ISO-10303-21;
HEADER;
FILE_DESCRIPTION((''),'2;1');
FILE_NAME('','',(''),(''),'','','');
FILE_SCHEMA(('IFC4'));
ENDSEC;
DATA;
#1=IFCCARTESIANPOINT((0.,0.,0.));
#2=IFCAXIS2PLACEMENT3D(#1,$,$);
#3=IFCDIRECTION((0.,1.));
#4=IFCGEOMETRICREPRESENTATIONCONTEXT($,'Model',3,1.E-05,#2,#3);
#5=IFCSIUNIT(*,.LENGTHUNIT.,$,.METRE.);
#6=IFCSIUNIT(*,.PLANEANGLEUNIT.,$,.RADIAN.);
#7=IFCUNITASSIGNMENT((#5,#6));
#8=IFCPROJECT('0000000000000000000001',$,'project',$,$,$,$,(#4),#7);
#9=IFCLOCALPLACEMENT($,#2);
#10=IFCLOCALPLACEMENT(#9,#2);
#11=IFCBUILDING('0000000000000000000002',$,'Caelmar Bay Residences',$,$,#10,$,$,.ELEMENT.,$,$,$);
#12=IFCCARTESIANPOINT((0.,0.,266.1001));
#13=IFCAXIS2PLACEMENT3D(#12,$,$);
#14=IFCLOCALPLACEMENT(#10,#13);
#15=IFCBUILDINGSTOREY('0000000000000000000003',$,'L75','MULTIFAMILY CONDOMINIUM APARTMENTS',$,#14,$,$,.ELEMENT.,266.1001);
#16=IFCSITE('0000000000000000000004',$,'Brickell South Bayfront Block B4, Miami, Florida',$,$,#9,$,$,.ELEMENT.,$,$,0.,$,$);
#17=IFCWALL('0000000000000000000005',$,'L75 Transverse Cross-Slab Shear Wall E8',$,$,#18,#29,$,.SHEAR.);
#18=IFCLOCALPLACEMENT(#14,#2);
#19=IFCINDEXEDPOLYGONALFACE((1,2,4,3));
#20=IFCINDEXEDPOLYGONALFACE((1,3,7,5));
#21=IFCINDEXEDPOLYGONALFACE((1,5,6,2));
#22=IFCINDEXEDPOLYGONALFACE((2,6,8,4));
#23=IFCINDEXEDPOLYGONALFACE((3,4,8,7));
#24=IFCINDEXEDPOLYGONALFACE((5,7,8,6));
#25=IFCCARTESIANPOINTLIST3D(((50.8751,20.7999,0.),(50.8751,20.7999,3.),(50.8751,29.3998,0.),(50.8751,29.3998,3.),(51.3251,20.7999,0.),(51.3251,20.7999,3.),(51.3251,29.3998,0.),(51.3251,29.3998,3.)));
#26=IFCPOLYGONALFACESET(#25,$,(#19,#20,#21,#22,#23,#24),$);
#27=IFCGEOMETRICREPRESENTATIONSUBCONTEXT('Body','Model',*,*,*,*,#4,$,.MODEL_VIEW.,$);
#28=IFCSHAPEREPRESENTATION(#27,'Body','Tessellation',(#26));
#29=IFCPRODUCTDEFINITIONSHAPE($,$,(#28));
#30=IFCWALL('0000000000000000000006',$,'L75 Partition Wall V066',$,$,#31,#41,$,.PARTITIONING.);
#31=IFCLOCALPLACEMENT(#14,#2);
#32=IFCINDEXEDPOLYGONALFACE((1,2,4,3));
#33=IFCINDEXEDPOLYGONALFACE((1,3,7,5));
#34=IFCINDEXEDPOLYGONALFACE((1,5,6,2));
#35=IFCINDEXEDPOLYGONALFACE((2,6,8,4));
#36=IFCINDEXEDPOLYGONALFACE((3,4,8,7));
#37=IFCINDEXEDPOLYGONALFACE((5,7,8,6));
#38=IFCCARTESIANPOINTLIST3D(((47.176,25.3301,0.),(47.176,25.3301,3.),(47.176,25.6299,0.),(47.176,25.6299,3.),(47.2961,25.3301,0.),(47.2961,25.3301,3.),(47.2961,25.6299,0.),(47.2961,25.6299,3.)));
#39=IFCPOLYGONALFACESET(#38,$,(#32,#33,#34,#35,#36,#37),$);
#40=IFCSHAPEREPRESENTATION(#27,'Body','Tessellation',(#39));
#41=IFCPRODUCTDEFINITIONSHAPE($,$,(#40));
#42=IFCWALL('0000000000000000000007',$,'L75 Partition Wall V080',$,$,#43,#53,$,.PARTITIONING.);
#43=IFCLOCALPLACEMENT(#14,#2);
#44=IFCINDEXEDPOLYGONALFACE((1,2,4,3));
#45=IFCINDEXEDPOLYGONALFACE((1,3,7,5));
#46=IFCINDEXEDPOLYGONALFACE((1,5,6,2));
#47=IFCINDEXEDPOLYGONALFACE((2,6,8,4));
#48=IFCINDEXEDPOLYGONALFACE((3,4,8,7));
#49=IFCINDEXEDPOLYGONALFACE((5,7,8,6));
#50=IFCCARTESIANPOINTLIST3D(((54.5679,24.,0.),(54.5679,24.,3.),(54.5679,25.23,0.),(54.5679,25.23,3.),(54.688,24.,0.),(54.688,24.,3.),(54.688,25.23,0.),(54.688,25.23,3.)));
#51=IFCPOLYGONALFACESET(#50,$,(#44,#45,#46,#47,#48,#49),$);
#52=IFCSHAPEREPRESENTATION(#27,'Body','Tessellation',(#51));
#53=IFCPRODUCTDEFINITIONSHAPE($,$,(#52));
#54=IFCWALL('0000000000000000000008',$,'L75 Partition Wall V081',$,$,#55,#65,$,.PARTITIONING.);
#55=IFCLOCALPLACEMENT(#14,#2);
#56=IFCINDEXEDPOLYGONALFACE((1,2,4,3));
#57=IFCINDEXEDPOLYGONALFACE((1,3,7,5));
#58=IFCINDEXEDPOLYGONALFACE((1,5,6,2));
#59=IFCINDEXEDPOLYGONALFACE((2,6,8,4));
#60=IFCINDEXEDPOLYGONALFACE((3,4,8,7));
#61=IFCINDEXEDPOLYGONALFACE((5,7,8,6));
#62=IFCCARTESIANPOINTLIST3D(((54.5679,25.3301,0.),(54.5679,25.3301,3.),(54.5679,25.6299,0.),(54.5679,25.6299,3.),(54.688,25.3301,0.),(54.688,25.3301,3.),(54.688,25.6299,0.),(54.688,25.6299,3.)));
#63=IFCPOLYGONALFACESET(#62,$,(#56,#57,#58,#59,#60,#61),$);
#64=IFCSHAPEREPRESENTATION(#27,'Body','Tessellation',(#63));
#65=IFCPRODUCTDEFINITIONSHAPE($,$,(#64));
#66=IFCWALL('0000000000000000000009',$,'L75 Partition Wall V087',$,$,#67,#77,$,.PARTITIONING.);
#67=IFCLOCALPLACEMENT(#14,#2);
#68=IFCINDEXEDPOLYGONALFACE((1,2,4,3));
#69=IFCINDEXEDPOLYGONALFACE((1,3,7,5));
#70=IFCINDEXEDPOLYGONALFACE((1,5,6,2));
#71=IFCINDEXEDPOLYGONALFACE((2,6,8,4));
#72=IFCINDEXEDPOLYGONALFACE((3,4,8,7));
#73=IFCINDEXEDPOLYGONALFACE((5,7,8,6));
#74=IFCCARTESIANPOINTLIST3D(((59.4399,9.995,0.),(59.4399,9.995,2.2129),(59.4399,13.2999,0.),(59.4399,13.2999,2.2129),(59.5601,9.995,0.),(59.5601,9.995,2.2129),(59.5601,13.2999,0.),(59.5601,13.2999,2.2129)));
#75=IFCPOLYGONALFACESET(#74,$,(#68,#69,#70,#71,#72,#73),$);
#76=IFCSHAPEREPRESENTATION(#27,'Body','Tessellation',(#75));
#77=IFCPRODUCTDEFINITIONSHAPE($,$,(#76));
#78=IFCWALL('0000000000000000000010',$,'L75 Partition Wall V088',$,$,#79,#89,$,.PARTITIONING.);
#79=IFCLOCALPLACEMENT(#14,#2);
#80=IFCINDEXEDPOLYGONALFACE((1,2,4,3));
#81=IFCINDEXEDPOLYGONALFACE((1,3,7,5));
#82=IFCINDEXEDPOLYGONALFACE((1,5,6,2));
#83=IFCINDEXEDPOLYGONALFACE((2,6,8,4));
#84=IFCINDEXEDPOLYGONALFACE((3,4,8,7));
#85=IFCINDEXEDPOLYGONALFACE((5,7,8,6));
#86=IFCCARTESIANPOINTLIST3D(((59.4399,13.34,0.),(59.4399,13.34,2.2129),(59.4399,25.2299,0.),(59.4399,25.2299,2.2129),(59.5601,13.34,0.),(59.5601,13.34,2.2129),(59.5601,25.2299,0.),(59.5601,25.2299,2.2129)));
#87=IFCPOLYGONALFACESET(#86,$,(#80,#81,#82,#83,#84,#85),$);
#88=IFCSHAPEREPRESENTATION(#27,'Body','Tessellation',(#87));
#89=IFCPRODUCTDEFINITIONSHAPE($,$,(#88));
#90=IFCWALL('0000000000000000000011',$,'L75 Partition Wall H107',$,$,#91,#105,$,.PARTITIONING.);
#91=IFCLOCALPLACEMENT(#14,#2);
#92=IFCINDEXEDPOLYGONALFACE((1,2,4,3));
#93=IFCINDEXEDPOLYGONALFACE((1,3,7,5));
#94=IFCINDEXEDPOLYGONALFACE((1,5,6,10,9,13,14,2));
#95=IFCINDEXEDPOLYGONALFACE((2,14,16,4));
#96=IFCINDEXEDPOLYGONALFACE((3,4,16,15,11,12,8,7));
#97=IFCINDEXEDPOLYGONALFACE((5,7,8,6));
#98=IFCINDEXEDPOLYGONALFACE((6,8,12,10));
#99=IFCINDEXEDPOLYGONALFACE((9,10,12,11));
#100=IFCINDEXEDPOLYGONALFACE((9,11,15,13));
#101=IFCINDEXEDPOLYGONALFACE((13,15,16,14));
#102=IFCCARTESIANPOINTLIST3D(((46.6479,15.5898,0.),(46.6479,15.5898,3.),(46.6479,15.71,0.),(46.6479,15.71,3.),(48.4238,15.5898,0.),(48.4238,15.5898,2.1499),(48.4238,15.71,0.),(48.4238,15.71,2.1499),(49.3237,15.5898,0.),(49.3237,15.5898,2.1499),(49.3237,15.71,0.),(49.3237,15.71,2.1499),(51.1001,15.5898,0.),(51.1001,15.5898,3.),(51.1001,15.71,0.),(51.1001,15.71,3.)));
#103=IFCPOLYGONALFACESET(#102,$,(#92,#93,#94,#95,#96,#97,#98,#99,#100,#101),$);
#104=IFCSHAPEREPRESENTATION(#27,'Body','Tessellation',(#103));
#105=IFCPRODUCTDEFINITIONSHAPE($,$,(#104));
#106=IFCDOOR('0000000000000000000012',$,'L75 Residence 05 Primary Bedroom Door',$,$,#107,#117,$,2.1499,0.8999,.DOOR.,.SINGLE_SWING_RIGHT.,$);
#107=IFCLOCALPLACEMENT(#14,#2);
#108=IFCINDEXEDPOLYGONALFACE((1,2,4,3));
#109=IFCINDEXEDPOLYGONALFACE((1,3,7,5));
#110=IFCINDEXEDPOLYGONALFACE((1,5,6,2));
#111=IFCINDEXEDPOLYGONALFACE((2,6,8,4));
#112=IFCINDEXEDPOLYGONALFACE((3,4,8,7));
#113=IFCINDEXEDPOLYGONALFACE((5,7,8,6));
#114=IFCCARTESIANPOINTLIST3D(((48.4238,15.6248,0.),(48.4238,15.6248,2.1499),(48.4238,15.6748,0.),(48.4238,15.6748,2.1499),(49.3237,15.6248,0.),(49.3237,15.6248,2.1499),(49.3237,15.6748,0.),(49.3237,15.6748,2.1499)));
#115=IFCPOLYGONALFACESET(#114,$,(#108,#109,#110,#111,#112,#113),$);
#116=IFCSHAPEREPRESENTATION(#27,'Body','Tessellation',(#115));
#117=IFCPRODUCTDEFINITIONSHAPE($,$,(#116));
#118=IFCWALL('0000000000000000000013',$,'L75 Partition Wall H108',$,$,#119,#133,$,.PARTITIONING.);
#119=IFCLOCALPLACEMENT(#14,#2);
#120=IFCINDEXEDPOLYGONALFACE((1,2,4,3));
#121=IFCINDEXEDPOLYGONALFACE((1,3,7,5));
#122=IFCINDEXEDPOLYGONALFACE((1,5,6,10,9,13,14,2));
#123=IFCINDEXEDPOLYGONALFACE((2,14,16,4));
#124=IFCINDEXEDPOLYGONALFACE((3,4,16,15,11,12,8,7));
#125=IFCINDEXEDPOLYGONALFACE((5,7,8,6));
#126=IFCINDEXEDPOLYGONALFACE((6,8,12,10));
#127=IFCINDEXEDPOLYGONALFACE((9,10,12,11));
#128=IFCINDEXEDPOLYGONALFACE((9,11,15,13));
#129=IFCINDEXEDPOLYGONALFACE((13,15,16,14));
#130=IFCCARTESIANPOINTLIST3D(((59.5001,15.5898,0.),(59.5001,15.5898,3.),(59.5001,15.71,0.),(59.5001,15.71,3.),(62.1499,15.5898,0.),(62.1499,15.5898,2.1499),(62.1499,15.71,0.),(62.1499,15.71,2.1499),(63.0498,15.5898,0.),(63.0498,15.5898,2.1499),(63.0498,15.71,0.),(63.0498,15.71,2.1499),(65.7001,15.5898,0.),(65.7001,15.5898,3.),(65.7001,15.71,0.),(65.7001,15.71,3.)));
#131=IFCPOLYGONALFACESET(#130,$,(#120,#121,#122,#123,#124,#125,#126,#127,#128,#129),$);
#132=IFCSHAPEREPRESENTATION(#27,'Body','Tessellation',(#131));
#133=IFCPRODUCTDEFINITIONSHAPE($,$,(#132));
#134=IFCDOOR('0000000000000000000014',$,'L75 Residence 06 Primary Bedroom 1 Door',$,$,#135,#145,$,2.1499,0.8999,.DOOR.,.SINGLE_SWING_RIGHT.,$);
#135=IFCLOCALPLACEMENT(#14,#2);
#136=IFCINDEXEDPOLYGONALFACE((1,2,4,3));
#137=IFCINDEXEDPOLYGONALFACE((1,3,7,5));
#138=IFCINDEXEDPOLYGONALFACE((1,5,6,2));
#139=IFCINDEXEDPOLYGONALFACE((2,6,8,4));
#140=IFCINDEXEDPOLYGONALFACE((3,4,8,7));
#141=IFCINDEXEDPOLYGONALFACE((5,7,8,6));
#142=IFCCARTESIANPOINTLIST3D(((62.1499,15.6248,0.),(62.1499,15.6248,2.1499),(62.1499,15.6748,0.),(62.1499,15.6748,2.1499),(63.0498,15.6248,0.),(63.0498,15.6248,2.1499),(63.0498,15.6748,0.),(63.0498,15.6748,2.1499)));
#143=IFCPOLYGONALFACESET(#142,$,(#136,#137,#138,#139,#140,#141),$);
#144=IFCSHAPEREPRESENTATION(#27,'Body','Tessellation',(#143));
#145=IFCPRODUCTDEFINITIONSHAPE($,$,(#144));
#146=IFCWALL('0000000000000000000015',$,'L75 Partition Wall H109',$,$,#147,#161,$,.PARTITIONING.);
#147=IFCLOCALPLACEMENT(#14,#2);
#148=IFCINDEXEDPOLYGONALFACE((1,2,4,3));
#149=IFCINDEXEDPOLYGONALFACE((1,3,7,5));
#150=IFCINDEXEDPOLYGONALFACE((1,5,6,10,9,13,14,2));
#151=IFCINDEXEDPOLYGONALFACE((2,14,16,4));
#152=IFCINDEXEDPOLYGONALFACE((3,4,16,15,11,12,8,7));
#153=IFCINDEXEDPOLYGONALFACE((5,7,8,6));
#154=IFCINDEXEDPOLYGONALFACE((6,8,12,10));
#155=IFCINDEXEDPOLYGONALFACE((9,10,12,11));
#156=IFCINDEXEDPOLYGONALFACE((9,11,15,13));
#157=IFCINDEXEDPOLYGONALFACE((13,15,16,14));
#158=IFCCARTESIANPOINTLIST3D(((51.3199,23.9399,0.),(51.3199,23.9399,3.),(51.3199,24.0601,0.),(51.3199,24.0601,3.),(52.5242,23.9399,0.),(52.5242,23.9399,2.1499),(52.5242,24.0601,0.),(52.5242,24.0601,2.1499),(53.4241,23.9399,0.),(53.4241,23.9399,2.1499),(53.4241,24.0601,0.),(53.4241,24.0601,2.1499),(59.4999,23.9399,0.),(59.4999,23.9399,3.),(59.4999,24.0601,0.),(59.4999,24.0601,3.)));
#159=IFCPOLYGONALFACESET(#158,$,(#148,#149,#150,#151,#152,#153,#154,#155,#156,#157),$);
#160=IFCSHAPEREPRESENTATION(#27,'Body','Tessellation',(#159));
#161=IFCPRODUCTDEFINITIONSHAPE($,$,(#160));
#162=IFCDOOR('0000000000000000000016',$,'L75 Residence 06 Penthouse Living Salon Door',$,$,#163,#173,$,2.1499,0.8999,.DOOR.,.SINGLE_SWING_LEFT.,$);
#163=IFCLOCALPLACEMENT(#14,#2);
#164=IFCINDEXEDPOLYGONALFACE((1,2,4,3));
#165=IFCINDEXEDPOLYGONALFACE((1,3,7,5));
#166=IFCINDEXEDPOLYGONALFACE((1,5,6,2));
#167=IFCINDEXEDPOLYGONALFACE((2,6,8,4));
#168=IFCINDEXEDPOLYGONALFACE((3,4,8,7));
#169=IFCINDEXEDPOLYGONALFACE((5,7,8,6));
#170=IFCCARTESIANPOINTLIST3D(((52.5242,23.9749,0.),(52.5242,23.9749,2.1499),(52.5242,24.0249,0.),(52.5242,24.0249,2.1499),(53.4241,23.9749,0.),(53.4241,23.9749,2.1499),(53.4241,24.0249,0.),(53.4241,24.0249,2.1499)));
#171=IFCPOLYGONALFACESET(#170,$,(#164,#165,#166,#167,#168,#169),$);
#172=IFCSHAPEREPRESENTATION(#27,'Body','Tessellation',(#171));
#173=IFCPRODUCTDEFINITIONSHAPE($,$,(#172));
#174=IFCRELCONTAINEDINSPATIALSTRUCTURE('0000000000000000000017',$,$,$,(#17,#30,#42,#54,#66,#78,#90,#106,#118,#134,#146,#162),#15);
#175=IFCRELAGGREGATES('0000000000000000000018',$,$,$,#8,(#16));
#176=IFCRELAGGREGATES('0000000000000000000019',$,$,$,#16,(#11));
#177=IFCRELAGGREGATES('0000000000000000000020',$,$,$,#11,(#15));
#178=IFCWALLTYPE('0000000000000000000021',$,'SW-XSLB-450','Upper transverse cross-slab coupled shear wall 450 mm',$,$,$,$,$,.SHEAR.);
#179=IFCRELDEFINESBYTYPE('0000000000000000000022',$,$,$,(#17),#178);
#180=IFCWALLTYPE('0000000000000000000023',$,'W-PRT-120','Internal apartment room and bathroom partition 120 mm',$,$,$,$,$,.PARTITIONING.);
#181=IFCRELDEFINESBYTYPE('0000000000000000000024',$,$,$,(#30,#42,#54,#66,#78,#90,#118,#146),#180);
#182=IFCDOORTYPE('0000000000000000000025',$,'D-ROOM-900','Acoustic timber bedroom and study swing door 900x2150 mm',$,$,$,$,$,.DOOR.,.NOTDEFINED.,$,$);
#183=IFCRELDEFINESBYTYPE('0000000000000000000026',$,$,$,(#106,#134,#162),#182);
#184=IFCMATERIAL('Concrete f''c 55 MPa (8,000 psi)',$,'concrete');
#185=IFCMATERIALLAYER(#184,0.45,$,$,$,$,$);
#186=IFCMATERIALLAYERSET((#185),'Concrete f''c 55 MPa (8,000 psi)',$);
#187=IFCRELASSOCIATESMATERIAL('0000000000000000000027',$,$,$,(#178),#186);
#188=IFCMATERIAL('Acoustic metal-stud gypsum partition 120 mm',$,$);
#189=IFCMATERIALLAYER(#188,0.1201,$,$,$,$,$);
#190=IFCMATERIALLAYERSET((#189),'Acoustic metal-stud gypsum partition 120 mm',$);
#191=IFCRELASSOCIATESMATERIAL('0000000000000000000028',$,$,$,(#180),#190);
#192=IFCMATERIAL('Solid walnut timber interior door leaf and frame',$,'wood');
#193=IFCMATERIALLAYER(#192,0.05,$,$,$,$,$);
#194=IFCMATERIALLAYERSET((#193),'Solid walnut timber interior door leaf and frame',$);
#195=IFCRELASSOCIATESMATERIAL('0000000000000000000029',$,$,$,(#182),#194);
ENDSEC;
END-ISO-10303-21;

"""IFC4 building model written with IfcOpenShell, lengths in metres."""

from ifc_helpers import new_model, si_unit, direction, frame, frame_2d, origin, place, context, subcontext, project, spatial, rectangle, extrude, material, layer, layer_set, type_object, element, fill, save


model = new_model("IFC4")

# Units and contexts
model_context = context("Model", 3, precision=1e-05, world=origin(), true_north=direction((0.0, 1.0)))
body_context = subcontext(model_context, "Body", "Model", "MODEL_VIEW")
ifc_project = project(units=[si_unit("LENGTHUNIT", "METRE"), si_unit("PLANEANGLEUNIT", "RADIAN")], contexts=[model_context])

# Site, building, storey
site_placement = place(None, origin())
site = spatial("IfcSite", under=ifc_project, at=site_placement, Name="Brickell South Bayfront Block B4, Miami, Florida", CompositionType="ELEMENT", RefElevation=0.0)
building_placement = place(site_placement, origin())
building = spatial("IfcBuilding", under=site, at=building_placement, Name="Caelmar Bay Residences", CompositionType="ELEMENT")
storey_placement = place(building_placement, frame((0.0, 0.0, 266.1001)))
storey = spatial("IfcBuildingStorey", under=building, at=storey_placement, Name="L75", Description="MULTIFAMILY CONDOMINIUM APARTMENTS", CompositionType="ELEMENT", Elevation=266.1001)

# Shared definitions
ifc_material_1 = material(Name="Concrete f'c 55 MPa (8,000 psi)", Category="concrete")

# Walls
ifc_layer_1 = layer(ifc_material_1, 0.45)
ifc_layer_set_1 = layer_set([ifc_layer_1], Name="Concrete f'c 55 MPa (8,000 psi)")
wall_type_1 = type_object("IfcWallType", Name="SW-XSLB-450", Description="Upper transverse cross-slab coupled shear wall 450 mm", PredefinedType="SHEAR", material=ifc_layer_set_1)
wall_1_placement = place(storey_placement, frame((51.1001, 20.8, 0.0), z_axis=(0.0, 0.0, 1.0), x_axis=(0.0, 1.0, 0.0)))
element("IfcWall", 1, at=wall_1_placement, inside=storey, type_object=wall_type_1, Name="L75 Transverse Cross-Slab Shear Wall E8", PredefinedType="SHEAR", context=body_context, shape_type="SweptSolid", body=[
    extrude(rectangle(XDim=8.5999, YDim=0.45, at=frame_2d((4.2998, 0.0))), origin(), (0.0, 0.0, 1.0), 3.0),
])
ifc_material_2 = material(Name="Acoustic metal-stud gypsum partition 120 mm")
ifc_layer_2 = layer(ifc_material_2, 0.1201)
ifc_layer_set_2 = layer_set([ifc_layer_2], Name="Acoustic metal-stud gypsum partition 120 mm")
wall_type_2 = type_object("IfcWallType", Name="W-PRT-120", Description="Internal apartment room and bathroom partition 120 mm", PredefinedType="PARTITIONING", material=ifc_layer_set_2)
wall_2_placement = place(storey_placement, frame((47.2361, 25.3301, 0.0), z_axis=(0.0, 0.0, 1.0), x_axis=(0.0, 1.0, 0.0)))
element("IfcWall", 2, at=wall_2_placement, inside=storey, type_object=wall_type_2, Name="L75 Partition Wall V066", PredefinedType="PARTITIONING", context=body_context, shape_type="SweptSolid", body=[
    extrude(rectangle(XDim=0.2998, YDim=0.1201, at=frame_2d((0.1499, 0.0))), origin(), (0.0, 0.0, 1.0), 3.0),
])
wall_3_placement = place(storey_placement, frame((54.6279, 24.0, 0.0), z_axis=(0.0, 0.0, 1.0), x_axis=(0.0, 1.0, 0.0)))
element("IfcWall", 3, at=wall_3_placement, inside=storey, type_object=wall_type_2, Name="L75 Partition Wall V080", PredefinedType="PARTITIONING", context=body_context, shape_type="SweptSolid", body=[
    extrude(rectangle(XDim=1.23, YDim=0.1201, at=frame_2d((0.615, 0.0))), origin(), (0.0, 0.0, 1.0), 3.0),
])
wall_4_placement = place(storey_placement, frame((54.6279, 25.3301, 0.0), z_axis=(0.0, 0.0, 1.0), x_axis=(0.0, 1.0, 0.0)))
element("IfcWall", 4, at=wall_4_placement, inside=storey, type_object=wall_type_2, Name="L75 Partition Wall V081", PredefinedType="PARTITIONING", context=body_context, shape_type="SweptSolid", body=[
    extrude(rectangle(XDim=0.2998, YDim=0.1201, at=frame_2d((0.1499, 0.0))), origin(), (0.0, 0.0, 1.0), 3.0),
])
wall_5_placement = place(storey_placement, frame((59.5, 9.9951, 0.0), z_axis=(0.0, 0.0, 1.0), x_axis=(0.0, 1.0, 0.0)))
element("IfcWall", 5, at=wall_5_placement, inside=storey, type_object=wall_type_2, Name="L75 Partition Wall V087", PredefinedType="PARTITIONING", context=body_context, shape_type="SweptSolid", body=[
    extrude(rectangle(XDim=3.3049, YDim=0.1201, at=frame_2d((1.6523, 0.0))), origin(), (0.0, 0.0, 1.0), 2.2129),
])
wall_6_placement = place(storey_placement, frame((59.5, 13.3401, 0.0), z_axis=(0.0, 0.0, 1.0), x_axis=(0.0, 1.0, 0.0)))
element("IfcWall", 6, at=wall_6_placement, inside=storey, type_object=wall_type_2, Name="L75 Partition Wall V088", PredefinedType="PARTITIONING", context=body_context, shape_type="SweptSolid", body=[
    extrude(rectangle(XDim=11.8899, YDim=0.1201, at=frame_2d((5.9448, 0.0))), origin(), (0.0, 0.0, 1.0), 2.2129),
])

# Walls, openings, doors
wall_7_placement = place(storey_placement, frame((46.6479, 15.6499, 0.0), z_axis=(0.0, 0.0, 1.0), x_axis=(1.0, 0.0, 0.0)))
wall_7 = element("IfcWall", 7, at=wall_7_placement, inside=storey, type_object=wall_type_2, Name="L75 Partition Wall H107", PredefinedType="PARTITIONING", context=body_context, shape_type="SweptSolid", body=[
    extrude(rectangle(XDim=4.4521, YDim=0.1201, at=frame_2d((2.2261, 0.0))), origin(), (0.0, 0.0, 1.0), 3.0),
])
opening_1_placement = place(wall_7_placement, frame((1.7759, 0.0, 0.0)))
opening_1 = element("IfcOpeningElement", 8, at=opening_1_placement, cuts=wall_7, PredefinedType="OPENING", context=body_context, shape_type="SweptSolid", body=[
    extrude(rectangle(XDim=0.8999, YDim=2.1499, at=frame_2d((0.45, 1.075))), frame((0.0, 0.0701, 0.0), z_axis=(0.0, -1.0, 0.0), x_axis=(1.0, 0.0, 0.0)), (0.0, 0.0, 1.0), 0.1401),
])
ifc_material_3 = material(Name="Solid walnut timber interior door leaf and frame", Category="wood")
ifc_layer_3 = layer(ifc_material_3, 0.05)
ifc_layer_set_3 = layer_set([ifc_layer_3], Name="Solid walnut timber interior door leaf and frame")
door_type = type_object("IfcDoorType", Name="D-ROOM-900", Description="Acoustic timber bedroom and study swing door 900x2150 mm", OperationType="NOTDEFINED", PredefinedType="DOOR", material=ifc_layer_set_3)
door_1_placement = place(opening_1_placement, origin())
door_1 = element("IfcDoor", 9, at=door_1_placement, inside=storey, type_object=door_type, Name="L75 Residence 05 Primary Bedroom Door", OperationType="SINGLE_SWING_RIGHT", OverallHeight=2.1499, OverallWidth=0.8999, PredefinedType="DOOR", context=body_context, shape_type="SweptSolid", body=[
    extrude(rectangle(XDim=0.8999, YDim=2.1499, at=frame_2d((0.45, 1.075))), frame((0.0, 0.0249, 0.0), z_axis=(0.0, -1.0, 0.0), x_axis=(1.0, 0.0, 0.0)), (0.0, 0.0, 1.0), 0.05),
])
fill(opening_1, door_1)
wall_8_placement = place(storey_placement, frame((59.5, 15.6499, 0.0), z_axis=(0.0, 0.0, 1.0), x_axis=(1.0, 0.0, 0.0)))
wall_8 = element("IfcWall", 10, at=wall_8_placement, inside=storey, type_object=wall_type_2, Name="L75 Partition Wall H108", PredefinedType="PARTITIONING", context=body_context, shape_type="SweptSolid", body=[
    extrude(rectangle(XDim=6.2, YDim=0.1201, at=frame_2d((3.1001, 0.0))), origin(), (0.0, 0.0, 1.0), 3.0),
])
opening_2_placement = place(wall_8_placement, frame((2.6499, 0.0, 0.0)))
opening_2 = element("IfcOpeningElement", 11, at=opening_2_placement, cuts=wall_8, PredefinedType="OPENING", context=body_context, shape_type="SweptSolid", body=[
    extrude(rectangle(XDim=0.8999, YDim=2.1499, at=frame_2d((0.45, 1.075))), frame((0.0, 0.0701, 0.0), z_axis=(0.0, -1.0, 0.0), x_axis=(1.0, 0.0, 0.0)), (0.0, 0.0, 1.0), 0.1401),
])
door_2_placement = place(opening_2_placement, origin())
door_2 = element("IfcDoor", 12, at=door_2_placement, inside=storey, type_object=door_type, Name="L75 Residence 06 Primary Bedroom 1 Door", OperationType="SINGLE_SWING_RIGHT", OverallHeight=2.1499, OverallWidth=0.8999, PredefinedType="DOOR", context=body_context, shape_type="SweptSolid", body=[
    extrude(rectangle(XDim=0.8999, YDim=2.1499, at=frame_2d((0.45, 1.075))), frame((0.0, 0.0249, 0.0), z_axis=(0.0, -1.0, 0.0), x_axis=(1.0, 0.0, 0.0)), (0.0, 0.0, 1.0), 0.05),
])
fill(opening_2, door_2)
wall_9_placement = place(storey_placement, frame((51.3201, 24.0, 0.0), z_axis=(0.0, 0.0, 1.0), x_axis=(1.0, 0.0, 0.0)))
wall_9 = element("IfcWall", 13, at=wall_9_placement, inside=storey, type_object=wall_type_2, Name="L75 Partition Wall H109", PredefinedType="PARTITIONING", context=body_context, shape_type="SweptSolid", body=[
    extrude(rectangle(XDim=8.1799, YDim=0.1201, at=frame_2d((4.0898, 0.0))), origin(), (0.0, 0.0, 1.0), 3.0),
])
opening_3_placement = place(wall_9_placement, frame((1.2041, 0.0, 0.0)))
opening_3 = element("IfcOpeningElement", 14, at=opening_3_placement, cuts=wall_9, PredefinedType="OPENING", context=body_context, shape_type="SweptSolid", body=[
    extrude(rectangle(XDim=0.8999, YDim=2.1499, at=frame_2d((0.45, 1.075))), frame((0.0, 0.0701, 0.0), z_axis=(0.0, -1.0, 0.0), x_axis=(1.0, 0.0, 0.0)), (0.0, 0.0, 1.0), 0.1401),
])
door_3_placement = place(opening_3_placement, origin())
door_3 = element("IfcDoor", 15, at=door_3_placement, inside=storey, type_object=door_type, Name="L75 Residence 06 Penthouse Living Salon Door", OperationType="SINGLE_SWING_LEFT", OverallHeight=2.1499, OverallWidth=0.8999, PredefinedType="DOOR", context=body_context, shape_type="SweptSolid", body=[
    extrude(rectangle(XDim=0.8999, YDim=2.1499, at=frame_2d((0.45, 1.075))), frame((0.0, 0.0249, 0.0), z_axis=(0.0, -1.0, 0.0), x_axis=(1.0, 0.0, 0.0)), (0.0, 0.0, 1.0), 0.05),
])
fill(opening_3, door_3)

save(model, "model.ifc")
